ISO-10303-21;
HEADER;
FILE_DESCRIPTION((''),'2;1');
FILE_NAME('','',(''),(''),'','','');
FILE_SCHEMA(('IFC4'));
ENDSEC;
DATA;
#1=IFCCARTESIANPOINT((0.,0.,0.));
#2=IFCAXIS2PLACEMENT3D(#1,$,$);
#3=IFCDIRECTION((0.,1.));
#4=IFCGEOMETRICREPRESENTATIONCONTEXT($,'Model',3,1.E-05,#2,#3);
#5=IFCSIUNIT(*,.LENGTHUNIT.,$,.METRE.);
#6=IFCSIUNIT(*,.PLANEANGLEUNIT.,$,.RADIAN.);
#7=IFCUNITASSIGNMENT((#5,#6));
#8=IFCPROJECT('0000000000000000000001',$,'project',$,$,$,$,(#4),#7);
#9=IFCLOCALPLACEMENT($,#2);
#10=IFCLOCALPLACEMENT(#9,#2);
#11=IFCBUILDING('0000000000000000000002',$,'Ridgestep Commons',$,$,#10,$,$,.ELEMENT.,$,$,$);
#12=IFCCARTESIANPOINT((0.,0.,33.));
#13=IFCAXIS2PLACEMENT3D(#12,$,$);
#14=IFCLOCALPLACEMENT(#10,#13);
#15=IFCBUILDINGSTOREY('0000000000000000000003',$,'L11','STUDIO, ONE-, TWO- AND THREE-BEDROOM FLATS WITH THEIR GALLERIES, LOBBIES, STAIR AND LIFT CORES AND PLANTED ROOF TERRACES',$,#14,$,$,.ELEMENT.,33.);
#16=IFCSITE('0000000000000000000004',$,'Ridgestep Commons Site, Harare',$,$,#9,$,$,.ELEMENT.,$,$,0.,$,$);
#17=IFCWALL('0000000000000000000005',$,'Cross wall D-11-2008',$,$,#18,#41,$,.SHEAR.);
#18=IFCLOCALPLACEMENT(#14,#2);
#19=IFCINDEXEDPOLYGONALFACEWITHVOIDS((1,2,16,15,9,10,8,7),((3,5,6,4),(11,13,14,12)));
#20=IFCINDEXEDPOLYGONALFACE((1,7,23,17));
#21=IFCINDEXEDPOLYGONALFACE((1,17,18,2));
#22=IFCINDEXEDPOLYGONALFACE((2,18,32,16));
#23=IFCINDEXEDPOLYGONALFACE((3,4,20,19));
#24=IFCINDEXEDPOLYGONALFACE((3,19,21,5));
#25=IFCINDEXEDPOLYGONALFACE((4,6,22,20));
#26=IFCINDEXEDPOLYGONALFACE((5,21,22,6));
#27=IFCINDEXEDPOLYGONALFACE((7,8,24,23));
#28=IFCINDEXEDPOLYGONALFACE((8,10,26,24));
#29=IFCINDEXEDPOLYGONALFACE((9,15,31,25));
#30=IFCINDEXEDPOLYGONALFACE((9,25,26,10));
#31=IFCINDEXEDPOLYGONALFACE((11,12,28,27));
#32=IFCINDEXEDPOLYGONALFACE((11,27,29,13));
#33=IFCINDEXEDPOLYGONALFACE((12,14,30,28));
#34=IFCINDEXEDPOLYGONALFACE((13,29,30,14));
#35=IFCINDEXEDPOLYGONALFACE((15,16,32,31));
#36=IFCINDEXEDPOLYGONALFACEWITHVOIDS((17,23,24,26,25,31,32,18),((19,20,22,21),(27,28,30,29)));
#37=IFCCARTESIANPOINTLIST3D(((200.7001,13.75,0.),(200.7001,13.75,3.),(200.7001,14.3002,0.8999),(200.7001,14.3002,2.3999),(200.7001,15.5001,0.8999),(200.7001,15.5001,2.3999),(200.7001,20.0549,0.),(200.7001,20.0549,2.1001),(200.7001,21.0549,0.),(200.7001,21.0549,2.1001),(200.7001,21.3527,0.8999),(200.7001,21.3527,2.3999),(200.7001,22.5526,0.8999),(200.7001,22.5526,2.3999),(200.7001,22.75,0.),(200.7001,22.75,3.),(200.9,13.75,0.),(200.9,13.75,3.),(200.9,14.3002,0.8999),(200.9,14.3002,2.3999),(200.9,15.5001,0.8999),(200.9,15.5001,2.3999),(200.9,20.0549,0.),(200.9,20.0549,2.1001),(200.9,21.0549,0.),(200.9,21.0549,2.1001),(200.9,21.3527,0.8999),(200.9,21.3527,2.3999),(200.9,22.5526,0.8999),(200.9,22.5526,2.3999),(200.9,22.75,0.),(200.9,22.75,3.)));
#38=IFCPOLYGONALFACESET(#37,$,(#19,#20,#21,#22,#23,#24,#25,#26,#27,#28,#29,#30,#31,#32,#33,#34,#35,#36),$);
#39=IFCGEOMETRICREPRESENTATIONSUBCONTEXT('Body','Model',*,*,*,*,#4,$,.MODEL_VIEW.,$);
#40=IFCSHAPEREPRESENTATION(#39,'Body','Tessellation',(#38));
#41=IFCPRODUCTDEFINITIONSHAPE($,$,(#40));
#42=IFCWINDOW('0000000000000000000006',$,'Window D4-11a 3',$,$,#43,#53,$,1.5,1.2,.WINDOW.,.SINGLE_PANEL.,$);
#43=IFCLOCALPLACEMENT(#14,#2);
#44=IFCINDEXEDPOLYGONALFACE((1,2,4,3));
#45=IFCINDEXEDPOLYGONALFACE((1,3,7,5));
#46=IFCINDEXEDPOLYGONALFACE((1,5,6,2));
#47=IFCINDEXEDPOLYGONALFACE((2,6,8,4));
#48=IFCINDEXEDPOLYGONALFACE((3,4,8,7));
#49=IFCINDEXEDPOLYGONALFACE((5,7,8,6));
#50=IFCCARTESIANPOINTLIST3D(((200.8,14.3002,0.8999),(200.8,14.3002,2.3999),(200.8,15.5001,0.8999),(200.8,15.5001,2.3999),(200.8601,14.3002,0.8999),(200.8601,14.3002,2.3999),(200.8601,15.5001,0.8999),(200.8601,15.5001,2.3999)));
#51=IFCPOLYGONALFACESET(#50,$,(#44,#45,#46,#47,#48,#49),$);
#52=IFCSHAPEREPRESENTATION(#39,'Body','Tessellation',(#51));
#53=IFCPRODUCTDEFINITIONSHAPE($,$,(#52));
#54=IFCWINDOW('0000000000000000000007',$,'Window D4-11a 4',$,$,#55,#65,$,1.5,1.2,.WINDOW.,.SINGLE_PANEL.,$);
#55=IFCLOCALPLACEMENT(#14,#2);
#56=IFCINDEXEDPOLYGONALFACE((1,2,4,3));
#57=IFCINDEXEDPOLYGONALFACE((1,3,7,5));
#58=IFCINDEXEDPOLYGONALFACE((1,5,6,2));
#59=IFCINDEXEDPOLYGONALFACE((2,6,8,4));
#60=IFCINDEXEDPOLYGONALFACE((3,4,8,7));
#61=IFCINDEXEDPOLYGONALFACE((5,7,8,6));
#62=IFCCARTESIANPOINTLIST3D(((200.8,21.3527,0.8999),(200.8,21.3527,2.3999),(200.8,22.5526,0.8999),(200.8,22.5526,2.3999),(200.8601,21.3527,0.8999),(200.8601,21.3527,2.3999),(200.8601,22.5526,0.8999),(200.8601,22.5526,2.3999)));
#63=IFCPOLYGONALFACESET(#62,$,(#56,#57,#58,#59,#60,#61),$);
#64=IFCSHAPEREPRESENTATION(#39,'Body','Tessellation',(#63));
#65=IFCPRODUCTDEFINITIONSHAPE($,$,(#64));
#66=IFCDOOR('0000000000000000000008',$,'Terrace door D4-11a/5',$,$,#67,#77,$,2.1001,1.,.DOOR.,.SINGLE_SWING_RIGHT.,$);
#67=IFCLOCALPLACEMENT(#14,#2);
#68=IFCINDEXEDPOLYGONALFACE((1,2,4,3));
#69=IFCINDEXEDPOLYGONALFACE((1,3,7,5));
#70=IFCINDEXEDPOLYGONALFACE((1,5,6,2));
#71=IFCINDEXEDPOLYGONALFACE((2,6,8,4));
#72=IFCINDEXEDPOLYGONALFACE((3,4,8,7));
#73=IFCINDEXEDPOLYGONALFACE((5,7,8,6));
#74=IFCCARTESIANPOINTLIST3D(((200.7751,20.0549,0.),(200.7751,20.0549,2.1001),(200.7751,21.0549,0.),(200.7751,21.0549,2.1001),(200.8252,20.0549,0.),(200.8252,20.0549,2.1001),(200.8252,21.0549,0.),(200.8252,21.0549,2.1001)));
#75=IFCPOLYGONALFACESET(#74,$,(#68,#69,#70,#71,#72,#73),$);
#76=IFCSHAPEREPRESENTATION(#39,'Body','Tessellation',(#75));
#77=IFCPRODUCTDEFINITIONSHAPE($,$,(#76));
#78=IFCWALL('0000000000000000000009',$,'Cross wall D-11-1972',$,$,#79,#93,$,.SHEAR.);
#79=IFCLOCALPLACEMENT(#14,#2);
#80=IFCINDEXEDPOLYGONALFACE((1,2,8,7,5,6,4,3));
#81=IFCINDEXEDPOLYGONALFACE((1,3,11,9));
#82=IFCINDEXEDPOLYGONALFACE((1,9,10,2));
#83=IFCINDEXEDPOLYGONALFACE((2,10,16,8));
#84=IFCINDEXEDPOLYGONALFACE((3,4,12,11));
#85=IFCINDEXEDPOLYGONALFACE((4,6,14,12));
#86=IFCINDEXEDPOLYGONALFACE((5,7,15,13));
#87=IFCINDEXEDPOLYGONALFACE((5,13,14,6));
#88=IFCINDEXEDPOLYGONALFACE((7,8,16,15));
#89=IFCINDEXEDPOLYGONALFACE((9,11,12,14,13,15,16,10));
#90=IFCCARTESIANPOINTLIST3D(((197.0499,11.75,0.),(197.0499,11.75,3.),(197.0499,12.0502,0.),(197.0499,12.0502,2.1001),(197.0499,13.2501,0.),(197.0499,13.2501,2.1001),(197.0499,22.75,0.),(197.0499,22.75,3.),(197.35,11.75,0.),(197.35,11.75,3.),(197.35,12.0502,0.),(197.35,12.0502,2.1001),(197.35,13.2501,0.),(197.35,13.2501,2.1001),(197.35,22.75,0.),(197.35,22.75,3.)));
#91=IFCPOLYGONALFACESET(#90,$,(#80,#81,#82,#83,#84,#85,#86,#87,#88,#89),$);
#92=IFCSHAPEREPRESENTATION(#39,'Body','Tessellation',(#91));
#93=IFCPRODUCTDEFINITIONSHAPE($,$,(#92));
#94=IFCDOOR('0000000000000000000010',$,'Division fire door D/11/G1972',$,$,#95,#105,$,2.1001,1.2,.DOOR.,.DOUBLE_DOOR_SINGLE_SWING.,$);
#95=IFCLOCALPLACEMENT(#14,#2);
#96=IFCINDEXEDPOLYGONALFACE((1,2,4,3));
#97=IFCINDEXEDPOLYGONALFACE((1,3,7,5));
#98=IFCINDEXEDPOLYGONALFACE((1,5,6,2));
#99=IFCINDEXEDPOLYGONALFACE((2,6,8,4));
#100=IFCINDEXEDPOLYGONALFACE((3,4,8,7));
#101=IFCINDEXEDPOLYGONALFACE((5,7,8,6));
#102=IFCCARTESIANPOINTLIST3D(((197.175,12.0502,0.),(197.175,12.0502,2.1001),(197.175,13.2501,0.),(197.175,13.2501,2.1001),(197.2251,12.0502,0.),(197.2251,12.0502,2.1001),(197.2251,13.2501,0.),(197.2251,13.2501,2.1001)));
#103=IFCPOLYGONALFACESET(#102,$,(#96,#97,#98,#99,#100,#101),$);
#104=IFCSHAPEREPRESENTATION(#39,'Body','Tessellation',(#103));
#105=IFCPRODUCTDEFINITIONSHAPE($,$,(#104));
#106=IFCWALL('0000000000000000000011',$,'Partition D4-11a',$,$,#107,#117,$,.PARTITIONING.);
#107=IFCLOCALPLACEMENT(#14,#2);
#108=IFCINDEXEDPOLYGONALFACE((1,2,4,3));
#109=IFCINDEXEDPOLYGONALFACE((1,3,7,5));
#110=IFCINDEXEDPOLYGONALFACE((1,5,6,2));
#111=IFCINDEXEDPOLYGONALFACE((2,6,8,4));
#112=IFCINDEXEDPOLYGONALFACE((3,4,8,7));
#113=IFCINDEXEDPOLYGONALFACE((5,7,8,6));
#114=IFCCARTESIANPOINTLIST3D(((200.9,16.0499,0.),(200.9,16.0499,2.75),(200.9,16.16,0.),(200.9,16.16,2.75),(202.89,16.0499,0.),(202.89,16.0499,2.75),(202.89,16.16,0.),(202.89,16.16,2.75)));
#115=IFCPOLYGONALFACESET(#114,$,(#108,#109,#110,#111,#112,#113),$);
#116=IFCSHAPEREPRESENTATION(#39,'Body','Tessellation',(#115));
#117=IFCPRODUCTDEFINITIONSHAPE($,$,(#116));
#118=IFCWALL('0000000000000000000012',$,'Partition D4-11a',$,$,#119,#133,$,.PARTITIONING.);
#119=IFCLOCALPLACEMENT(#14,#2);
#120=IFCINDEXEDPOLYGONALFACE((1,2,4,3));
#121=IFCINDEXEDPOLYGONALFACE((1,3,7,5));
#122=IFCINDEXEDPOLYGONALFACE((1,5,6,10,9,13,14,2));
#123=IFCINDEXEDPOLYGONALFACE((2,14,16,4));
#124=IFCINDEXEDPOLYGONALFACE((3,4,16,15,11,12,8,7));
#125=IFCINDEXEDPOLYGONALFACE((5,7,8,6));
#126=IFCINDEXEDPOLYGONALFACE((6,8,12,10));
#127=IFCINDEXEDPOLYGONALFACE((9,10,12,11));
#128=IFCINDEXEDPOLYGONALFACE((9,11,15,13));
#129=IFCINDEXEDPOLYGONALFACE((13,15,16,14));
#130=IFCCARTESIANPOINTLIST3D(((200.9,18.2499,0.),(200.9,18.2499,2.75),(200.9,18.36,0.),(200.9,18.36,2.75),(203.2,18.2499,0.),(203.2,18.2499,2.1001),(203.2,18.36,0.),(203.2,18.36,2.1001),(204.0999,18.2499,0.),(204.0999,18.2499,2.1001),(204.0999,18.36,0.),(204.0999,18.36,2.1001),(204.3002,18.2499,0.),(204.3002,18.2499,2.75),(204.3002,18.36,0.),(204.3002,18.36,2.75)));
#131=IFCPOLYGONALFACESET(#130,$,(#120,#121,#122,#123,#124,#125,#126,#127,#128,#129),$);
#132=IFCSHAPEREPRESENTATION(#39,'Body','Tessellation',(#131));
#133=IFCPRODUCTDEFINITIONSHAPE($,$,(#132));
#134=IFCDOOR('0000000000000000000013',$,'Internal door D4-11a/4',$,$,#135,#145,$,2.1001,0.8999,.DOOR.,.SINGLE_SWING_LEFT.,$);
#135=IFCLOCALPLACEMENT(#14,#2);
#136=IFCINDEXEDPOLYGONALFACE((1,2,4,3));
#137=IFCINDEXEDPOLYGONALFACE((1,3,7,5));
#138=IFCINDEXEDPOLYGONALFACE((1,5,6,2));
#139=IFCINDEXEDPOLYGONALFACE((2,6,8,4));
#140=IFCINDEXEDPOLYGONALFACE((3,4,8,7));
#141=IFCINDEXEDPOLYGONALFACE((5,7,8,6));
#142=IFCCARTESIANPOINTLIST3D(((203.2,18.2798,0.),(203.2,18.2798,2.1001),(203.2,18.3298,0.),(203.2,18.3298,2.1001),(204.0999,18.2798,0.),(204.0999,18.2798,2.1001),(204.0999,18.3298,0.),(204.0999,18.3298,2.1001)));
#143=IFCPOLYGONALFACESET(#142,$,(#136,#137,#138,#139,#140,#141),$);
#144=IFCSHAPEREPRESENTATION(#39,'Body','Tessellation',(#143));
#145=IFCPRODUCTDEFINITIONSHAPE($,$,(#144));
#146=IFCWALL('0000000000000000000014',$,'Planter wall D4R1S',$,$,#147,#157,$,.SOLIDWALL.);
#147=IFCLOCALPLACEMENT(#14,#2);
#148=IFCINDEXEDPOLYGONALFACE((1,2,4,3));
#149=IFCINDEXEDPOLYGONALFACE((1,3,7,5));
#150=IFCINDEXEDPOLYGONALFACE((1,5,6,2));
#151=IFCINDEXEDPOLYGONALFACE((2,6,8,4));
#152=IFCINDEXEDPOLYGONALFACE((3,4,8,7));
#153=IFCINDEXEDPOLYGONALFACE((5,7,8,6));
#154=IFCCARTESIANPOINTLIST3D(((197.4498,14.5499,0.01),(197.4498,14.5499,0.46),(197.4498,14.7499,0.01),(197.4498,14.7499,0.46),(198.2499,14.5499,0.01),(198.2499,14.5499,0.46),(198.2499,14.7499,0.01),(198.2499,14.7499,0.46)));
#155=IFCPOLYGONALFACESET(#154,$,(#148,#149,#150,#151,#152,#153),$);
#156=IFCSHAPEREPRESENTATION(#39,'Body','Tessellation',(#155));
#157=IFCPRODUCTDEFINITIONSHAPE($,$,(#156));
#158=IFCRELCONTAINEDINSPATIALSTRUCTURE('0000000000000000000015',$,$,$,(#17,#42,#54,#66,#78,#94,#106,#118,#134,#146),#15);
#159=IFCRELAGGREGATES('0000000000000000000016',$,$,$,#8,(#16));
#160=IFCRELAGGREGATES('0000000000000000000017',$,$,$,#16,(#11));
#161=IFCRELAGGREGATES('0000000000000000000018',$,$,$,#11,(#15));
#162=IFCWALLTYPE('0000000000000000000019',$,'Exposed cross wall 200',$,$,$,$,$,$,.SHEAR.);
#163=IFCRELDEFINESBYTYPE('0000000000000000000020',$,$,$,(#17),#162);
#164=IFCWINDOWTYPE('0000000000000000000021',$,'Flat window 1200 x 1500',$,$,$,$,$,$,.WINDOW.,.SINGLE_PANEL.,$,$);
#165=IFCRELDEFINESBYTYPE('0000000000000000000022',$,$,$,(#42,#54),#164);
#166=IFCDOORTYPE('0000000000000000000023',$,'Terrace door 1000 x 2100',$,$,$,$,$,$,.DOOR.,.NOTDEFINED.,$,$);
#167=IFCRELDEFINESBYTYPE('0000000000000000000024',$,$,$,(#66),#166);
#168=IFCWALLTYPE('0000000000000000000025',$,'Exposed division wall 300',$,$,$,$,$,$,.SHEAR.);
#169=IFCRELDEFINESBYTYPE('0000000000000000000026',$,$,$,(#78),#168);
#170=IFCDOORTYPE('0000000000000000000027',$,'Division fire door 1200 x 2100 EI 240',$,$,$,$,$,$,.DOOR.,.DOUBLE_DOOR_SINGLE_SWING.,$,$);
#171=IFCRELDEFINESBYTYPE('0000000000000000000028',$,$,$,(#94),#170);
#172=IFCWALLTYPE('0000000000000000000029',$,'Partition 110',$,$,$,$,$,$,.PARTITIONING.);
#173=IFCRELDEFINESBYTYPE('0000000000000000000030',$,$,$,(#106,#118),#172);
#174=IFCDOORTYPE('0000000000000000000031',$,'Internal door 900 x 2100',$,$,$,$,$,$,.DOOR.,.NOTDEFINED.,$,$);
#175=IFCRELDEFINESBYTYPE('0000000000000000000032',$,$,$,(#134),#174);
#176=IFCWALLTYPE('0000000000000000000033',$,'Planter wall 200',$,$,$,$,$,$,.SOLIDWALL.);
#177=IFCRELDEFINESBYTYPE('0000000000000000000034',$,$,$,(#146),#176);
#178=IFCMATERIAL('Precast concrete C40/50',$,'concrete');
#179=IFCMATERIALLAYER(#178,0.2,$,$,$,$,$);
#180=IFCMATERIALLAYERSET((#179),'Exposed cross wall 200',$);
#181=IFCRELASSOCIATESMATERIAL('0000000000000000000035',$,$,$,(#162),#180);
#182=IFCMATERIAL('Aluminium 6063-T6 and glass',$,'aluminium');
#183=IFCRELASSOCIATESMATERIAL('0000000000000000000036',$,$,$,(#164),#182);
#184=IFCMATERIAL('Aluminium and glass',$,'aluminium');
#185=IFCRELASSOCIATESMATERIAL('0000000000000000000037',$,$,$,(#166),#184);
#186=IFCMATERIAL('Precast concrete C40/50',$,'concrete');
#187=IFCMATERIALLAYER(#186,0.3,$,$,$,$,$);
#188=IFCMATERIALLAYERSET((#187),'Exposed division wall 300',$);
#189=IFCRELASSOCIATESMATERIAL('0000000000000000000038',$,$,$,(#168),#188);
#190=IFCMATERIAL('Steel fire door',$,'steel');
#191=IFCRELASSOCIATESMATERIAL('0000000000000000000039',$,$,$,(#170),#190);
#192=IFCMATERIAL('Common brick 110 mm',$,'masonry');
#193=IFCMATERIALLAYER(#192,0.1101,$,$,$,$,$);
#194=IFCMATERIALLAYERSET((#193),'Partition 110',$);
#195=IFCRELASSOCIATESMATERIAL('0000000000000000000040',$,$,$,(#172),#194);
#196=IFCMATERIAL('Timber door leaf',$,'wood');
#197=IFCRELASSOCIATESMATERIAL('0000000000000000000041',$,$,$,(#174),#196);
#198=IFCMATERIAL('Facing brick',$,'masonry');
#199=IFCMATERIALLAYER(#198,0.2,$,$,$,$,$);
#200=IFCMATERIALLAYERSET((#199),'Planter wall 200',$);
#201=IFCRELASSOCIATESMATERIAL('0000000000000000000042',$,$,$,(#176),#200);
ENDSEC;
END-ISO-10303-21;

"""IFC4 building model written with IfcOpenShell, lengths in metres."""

from ifc_helpers import new_model, si_unit, direction, frame, frame_2d, origin, place, context, subcontext, project, spatial, rectangle, extrude, material, layer, layer_set, type_object, element, fill, save


model = new_model("IFC4")

# Units and contexts
model_context = context("Model", 3, precision=1e-05, world=origin(), true_north=direction((0.0, 1.0)))
body_context = subcontext(model_context, "Body", "Model", "MODEL_VIEW")
ifc_project = project(units=[si_unit("LENGTHUNIT", "METRE"), si_unit("PLANEANGLEUNIT", "RADIAN")], contexts=[model_context])

# Site, building, storey
site_placement = place(None, origin())
site = spatial("IfcSite", under=ifc_project, at=site_placement, Name="Ridgestep Commons Site, Harare", CompositionType="ELEMENT", RefElevation=0.0)
building_placement = place(site_placement, origin())
building = spatial("IfcBuilding", under=site, at=building_placement, Name="Ridgestep Commons", CompositionType="ELEMENT")
storey_placement = place(building_placement, frame((0.0, 0.0, 33.0)))
storey = spatial("IfcBuildingStorey", under=building, at=storey_placement, Name="L11", Description="STUDIO, ONE-, TWO- AND THREE-BEDROOM FLATS WITH THEIR GALLERIES, LOBBIES, STAIR AND LIFT CORES AND PLANTED ROOF TERRACES", CompositionType="ELEMENT", Elevation=33.0)

# Wall, openings, windows, door
ifc_material_1 = material(Name="Precast concrete C40/50", Category="concrete")
ifc_layer_1 = layer(ifc_material_1, 0.2)
ifc_layer_set_1 = layer_set([ifc_layer_1], Name="Exposed cross wall 200")
wall_type_1 = type_object("IfcWallType", Name="Exposed cross wall 200", PredefinedType="SHEAR", material=ifc_layer_set_1)
wall_1_placement = place(storey_placement, frame((200.8, 13.75, 0.0), z_axis=(0.0, 0.0, 1.0), x_axis=(0.0, 1.0, 0.0)))
wall_1 = element("IfcWall", 1, at=wall_1_placement, inside=storey, type_object=wall_type_1, Name="Cross wall D-11-2008", PredefinedType="SHEAR", context=body_context, shape_type="SweptSolid", body=[
    extrude(rectangle(XDim=9.0, YDim=0.2, at=frame_2d((4.5, 0.0))), origin(), (0.0, 0.0, 1.0), 3.0),
])
opening_1_placement = place(wall_1_placement, frame((0.55, 0.0, 0.8999)))
opening_1 = element("IfcOpeningElement", 2, at=opening_1_placement, cuts=wall_1, PredefinedType="OPENING", context=body_context, shape_type="SweptSolid", body=[
    extrude(rectangle(XDim=1.2, YDim=1.5, at=frame_2d((0.6001, 0.75))), frame((0.0, 0.1099, 0.0), z_axis=(0.0, -1.0, 0.0), x_axis=(1.0, 0.0, 0.0)), (0.0, 0.0, 1.0), 0.22),
])
opening_2_placement = place(wall_1_placement, frame((7.6025, 0.0, 0.8999)))
opening_2 = element("IfcOpeningElement", 3, at=opening_2_placement, cuts=wall_1, PredefinedType="OPENING", context=body_context, shape_type="SweptSolid", body=[
    extrude(rectangle(XDim=1.2, YDim=1.5, at=frame_2d((0.6001, 0.75))), frame((0.0, 0.1099, 0.0), z_axis=(0.0, -1.0, 0.0), x_axis=(1.0, 0.0, 0.0)), (0.0, 0.0, 1.0), 0.22),
])
opening_3_placement = place(wall_1_placement, frame((6.3049, 0.0, 0.0)))
opening_3 = element("IfcOpeningElement", 4, at=opening_3_placement, cuts=wall_1, PredefinedType="OPENING", context=body_context, shape_type="SweptSolid", body=[
    extrude(rectangle(XDim=1.0, YDim=2.1001, at=frame_2d((0.5, 1.05))), frame((0.0, 0.1099, 0.0), z_axis=(0.0, -1.0, 0.0), x_axis=(1.0, 0.0, 0.0)), (0.0, 0.0, 1.0), 0.22),
])
ifc_material_2 = material(Name="Aluminium 6063-T6 and glass", Category="aluminium")
window_type_1 = type_object("IfcWindowType", Name="Flat window 1200 x 1500", PartitioningType="SINGLE_PANEL", PredefinedType="WINDOW", material=ifc_material_2)
window_1_placement = place(opening_1_placement, origin())
window_1 = element("IfcWindow", 5, at=window_1_placement, inside=storey, type_object=window_type_1, Name="Window D4-11a 3", OverallHeight=1.5, OverallWidth=1.2, PartitioningType="SINGLE_PANEL", PredefinedType="WINDOW", context=body_context, shape_type="SweptSolid", body=[
    extrude(rectangle(XDim=1.2, YDim=1.5, at=frame_2d((0.6001, 0.75))), frame((0.0, 0.0, 0.0), z_axis=(0.0, -1.0, 0.0), x_axis=(1.0, 0.0, 0.0)), (0.0, 0.0, 1.0), 0.0601),
])
fill(opening_1, window_1)
window_2_placement = place(opening_2_placement, origin())
window_2 = element("IfcWindow", 6, at=window_2_placement, inside=storey, type_object=window_type_1, Name="Window D4-11a 4", OverallHeight=1.5, OverallWidth=1.2, PartitioningType="SINGLE_PANEL", PredefinedType="WINDOW", context=body_context, shape_type="SweptSolid", body=[
    extrude(rectangle(XDim=1.2, YDim=1.5, at=frame_2d((0.6001, 0.75))), frame((0.0, 0.0, 0.0), z_axis=(0.0, -1.0, 0.0), x_axis=(1.0, 0.0, 0.0)), (0.0, 0.0, 1.0), 0.0601),
])
fill(opening_2, window_2)
ifc_material_3 = material(Name="Aluminium and glass", Category="aluminium")
door_type_1 = type_object("IfcDoorType", Name="Terrace door 1000 x 2100", OperationType="NOTDEFINED", PredefinedType="DOOR", material=ifc_material_3)
door_1_placement = place(opening_3_placement, origin())
door_1 = element("IfcDoor", 7, at=door_1_placement, inside=storey, type_object=door_type_1, Name="Terrace door D4-11a/5", OperationType="SINGLE_SWING_RIGHT", OverallHeight=2.1001, OverallWidth=1.0, PredefinedType="DOOR", context=body_context, shape_type="SweptSolid", body=[
    extrude(rectangle(XDim=1.0, YDim=2.1001, at=frame_2d((0.5, 1.05))), frame((0.0, 0.0249, 0.0), z_axis=(0.0, -1.0, 0.0), x_axis=(1.0, 0.0, 0.0)), (0.0, 0.0, 1.0), 0.05),
])
fill(opening_3, door_1)

# Wall, opening, door
ifc_material_4 = material(Name="Precast concrete C40/50", Category="concrete")
ifc_layer_2 = layer(ifc_material_4, 0.3)
ifc_layer_set_2 = layer_set([ifc_layer_2], Name="Exposed division wall 300")
wall_type_2 = type_object("IfcWallType", Name="Exposed division wall 300", PredefinedType="SHEAR", material=ifc_layer_set_2)
wall_2_placement = place(storey_placement, frame((197.2, 11.75, 0.0), z_axis=(0.0, 0.0, 1.0), x_axis=(0.0, 1.0, 0.0)))
wall_2 = element("IfcWall", 8, at=wall_2_placement, inside=storey, type_object=wall_type_2, Name="Cross wall D-11-1972", PredefinedType="SHEAR", context=body_context, shape_type="SweptSolid", body=[
    extrude(rectangle(XDim=11.0, YDim=0.3, at=frame_2d((5.5, 0.0))), origin(), (0.0, 0.0, 1.0), 3.0),
])
opening_4_placement = place(wall_2_placement, frame((0.3, 0.0, 0.0)))
opening_4 = element("IfcOpeningElement", 9, at=opening_4_placement, cuts=wall_2, PredefinedType="OPENING", context=body_context, shape_type="SweptSolid", body=[
    extrude(rectangle(XDim=1.2, YDim=2.1001, at=frame_2d((0.6001, 1.05))), frame((0.0, 0.1599, 0.0), z_axis=(0.0, -1.0, 0.0), x_axis=(1.0, 0.0, 0.0)), (0.0, 0.0, 1.0), 0.3201),
])
ifc_material_5 = material(Name="Steel fire door", Category="steel")
door_type_2 = type_object("IfcDoorType", Name="Division fire door 1200 x 2100 EI 240", OperationType="DOUBLE_DOOR_SINGLE_SWING", PredefinedType="DOOR", material=ifc_material_5)
door_2_placement = place(opening_4_placement, origin())
door_2 = element("IfcDoor", 10, at=door_2_placement, inside=storey, type_object=door_type_2, Name="Division fire door D/11/G1972", OperationType="DOUBLE_DOOR_SINGLE_SWING", OverallHeight=2.1001, OverallWidth=1.2, PredefinedType="DOOR", context=body_context, shape_type="SweptSolid", body=[
    extrude(rectangle(XDim=1.2, YDim=2.1001, at=frame_2d((0.6001, 1.05))), frame((0.0, 0.0249, 0.0), z_axis=(0.0, -1.0, 0.0), x_axis=(1.0, 0.0, 0.0)), (0.0, 0.0, 1.0), 0.05),
])
fill(opening_4, door_2)

# Wall
ifc_material_6 = material(Name="Common brick 110 mm", Category="masonry")
ifc_layer_3 = layer(ifc_material_6, 0.1101)
ifc_layer_set_3 = layer_set([ifc_layer_3], Name="Partition 110")
wall_type_3 = type_object("IfcWallType", Name="Partition 110", PredefinedType="PARTITIONING", material=ifc_layer_set_3)
wall_3_placement = place(storey_placement, frame((200.8999, 16.105, 0.0), z_axis=(0.0, 0.0, 1.0), x_axis=(1.0, 0.0, 0.0)))
element("IfcWall", 11, at=wall_3_placement, inside=storey, type_object=wall_type_3, Name="Partition D4-11a", PredefinedType="PARTITIONING", context=body_context, shape_type="SweptSolid", body=[
    extrude(rectangle(XDim=1.99, YDim=0.1101, at=frame_2d((0.9951, 0.0))), origin(), (0.0, 0.0, 1.0), 2.75),
])

# Wall, opening, door
wall_4_placement = place(storey_placement, frame((200.8999, 18.3049, 0.0), z_axis=(0.0, 0.0, 1.0), x_axis=(1.0, 0.0, 0.0)))
wall_4 = element("IfcWall", 12, at=wall_4_placement, inside=storey, type_object=wall_type_3, Name="Partition D4-11a", PredefinedType="PARTITIONING", context=body_context, shape_type="SweptSolid", body=[
    extrude(rectangle(XDim=3.4001, YDim=0.1101, at=frame_2d((1.7002, 0.0))), origin(), (0.0, 0.0, 1.0), 2.75),
])
opening_5_placement = place(wall_4_placement, frame((2.3, 0.0, 0.0)))
opening_5 = element("IfcOpeningElement", 13, at=opening_5_placement, cuts=wall_4, PredefinedType="OPENING", context=body_context, shape_type="SweptSolid", body=[
    extrude(rectangle(XDim=0.8999, YDim=2.1001, at=frame_2d((0.45, 1.05))), frame((0.0, 0.0649, 0.0), z_axis=(0.0, -1.0, 0.0), x_axis=(1.0, 0.0, 0.0)), (0.0, 0.0, 1.0), 0.1301),
])
ifc_material_7 = material(Name="Timber door leaf", Category="wood")
door_type_3 = type_object("IfcDoorType", Name="Internal door 900 x 2100", OperationType="NOTDEFINED", PredefinedType="DOOR", material=ifc_material_7)
door_3_placement = place(opening_5_placement, origin())
door_3 = element("IfcDoor", 14, at=door_3_placement, inside=storey, type_object=door_type_3, Name="Internal door D4-11a/4", OperationType="SINGLE_SWING_LEFT", OverallHeight=2.1001, OverallWidth=0.8999, PredefinedType="DOOR", context=body_context, shape_type="SweptSolid", body=[
    extrude(rectangle(XDim=0.8999, YDim=2.1001, at=frame_2d((0.45, 1.05))), frame((0.0, 0.0249, 0.0), z_axis=(0.0, -1.0, 0.0), x_axis=(1.0, 0.0, 0.0)), (0.0, 0.0, 1.0), 0.05),
])
fill(opening_5, door_3)

# Wall
ifc_material_8 = material(Name="Facing brick", Category="masonry")
ifc_layer_4 = layer(ifc_material_8, 0.2)
ifc_layer_set_4 = layer_set([ifc_layer_4], Name="Planter wall 200")
wall_type_4 = type_object("IfcWallType", Name="Planter wall 200", PredefinedType="SOLIDWALL", material=ifc_layer_set_4)
wall_5_placement = place(storey_placement, frame((197.45, 14.6499, 0.01), z_axis=(0.0, 0.0, 1.0), x_axis=(1.0, 0.0, 0.0)))
element("IfcWall", 15, at=wall_5_placement, inside=storey, type_object=wall_type_4, Name="Planter wall D4R1S", PredefinedType="SOLIDWALL", context=body_context, shape_type="SweptSolid", body=[
    extrude(rectangle(XDim=0.8, YDim=0.2, at=frame_2d((0.3999, 0.0))), origin(), (0.0, 0.0, 1.0), 0.45),
])

save(model, "model.ifc")
